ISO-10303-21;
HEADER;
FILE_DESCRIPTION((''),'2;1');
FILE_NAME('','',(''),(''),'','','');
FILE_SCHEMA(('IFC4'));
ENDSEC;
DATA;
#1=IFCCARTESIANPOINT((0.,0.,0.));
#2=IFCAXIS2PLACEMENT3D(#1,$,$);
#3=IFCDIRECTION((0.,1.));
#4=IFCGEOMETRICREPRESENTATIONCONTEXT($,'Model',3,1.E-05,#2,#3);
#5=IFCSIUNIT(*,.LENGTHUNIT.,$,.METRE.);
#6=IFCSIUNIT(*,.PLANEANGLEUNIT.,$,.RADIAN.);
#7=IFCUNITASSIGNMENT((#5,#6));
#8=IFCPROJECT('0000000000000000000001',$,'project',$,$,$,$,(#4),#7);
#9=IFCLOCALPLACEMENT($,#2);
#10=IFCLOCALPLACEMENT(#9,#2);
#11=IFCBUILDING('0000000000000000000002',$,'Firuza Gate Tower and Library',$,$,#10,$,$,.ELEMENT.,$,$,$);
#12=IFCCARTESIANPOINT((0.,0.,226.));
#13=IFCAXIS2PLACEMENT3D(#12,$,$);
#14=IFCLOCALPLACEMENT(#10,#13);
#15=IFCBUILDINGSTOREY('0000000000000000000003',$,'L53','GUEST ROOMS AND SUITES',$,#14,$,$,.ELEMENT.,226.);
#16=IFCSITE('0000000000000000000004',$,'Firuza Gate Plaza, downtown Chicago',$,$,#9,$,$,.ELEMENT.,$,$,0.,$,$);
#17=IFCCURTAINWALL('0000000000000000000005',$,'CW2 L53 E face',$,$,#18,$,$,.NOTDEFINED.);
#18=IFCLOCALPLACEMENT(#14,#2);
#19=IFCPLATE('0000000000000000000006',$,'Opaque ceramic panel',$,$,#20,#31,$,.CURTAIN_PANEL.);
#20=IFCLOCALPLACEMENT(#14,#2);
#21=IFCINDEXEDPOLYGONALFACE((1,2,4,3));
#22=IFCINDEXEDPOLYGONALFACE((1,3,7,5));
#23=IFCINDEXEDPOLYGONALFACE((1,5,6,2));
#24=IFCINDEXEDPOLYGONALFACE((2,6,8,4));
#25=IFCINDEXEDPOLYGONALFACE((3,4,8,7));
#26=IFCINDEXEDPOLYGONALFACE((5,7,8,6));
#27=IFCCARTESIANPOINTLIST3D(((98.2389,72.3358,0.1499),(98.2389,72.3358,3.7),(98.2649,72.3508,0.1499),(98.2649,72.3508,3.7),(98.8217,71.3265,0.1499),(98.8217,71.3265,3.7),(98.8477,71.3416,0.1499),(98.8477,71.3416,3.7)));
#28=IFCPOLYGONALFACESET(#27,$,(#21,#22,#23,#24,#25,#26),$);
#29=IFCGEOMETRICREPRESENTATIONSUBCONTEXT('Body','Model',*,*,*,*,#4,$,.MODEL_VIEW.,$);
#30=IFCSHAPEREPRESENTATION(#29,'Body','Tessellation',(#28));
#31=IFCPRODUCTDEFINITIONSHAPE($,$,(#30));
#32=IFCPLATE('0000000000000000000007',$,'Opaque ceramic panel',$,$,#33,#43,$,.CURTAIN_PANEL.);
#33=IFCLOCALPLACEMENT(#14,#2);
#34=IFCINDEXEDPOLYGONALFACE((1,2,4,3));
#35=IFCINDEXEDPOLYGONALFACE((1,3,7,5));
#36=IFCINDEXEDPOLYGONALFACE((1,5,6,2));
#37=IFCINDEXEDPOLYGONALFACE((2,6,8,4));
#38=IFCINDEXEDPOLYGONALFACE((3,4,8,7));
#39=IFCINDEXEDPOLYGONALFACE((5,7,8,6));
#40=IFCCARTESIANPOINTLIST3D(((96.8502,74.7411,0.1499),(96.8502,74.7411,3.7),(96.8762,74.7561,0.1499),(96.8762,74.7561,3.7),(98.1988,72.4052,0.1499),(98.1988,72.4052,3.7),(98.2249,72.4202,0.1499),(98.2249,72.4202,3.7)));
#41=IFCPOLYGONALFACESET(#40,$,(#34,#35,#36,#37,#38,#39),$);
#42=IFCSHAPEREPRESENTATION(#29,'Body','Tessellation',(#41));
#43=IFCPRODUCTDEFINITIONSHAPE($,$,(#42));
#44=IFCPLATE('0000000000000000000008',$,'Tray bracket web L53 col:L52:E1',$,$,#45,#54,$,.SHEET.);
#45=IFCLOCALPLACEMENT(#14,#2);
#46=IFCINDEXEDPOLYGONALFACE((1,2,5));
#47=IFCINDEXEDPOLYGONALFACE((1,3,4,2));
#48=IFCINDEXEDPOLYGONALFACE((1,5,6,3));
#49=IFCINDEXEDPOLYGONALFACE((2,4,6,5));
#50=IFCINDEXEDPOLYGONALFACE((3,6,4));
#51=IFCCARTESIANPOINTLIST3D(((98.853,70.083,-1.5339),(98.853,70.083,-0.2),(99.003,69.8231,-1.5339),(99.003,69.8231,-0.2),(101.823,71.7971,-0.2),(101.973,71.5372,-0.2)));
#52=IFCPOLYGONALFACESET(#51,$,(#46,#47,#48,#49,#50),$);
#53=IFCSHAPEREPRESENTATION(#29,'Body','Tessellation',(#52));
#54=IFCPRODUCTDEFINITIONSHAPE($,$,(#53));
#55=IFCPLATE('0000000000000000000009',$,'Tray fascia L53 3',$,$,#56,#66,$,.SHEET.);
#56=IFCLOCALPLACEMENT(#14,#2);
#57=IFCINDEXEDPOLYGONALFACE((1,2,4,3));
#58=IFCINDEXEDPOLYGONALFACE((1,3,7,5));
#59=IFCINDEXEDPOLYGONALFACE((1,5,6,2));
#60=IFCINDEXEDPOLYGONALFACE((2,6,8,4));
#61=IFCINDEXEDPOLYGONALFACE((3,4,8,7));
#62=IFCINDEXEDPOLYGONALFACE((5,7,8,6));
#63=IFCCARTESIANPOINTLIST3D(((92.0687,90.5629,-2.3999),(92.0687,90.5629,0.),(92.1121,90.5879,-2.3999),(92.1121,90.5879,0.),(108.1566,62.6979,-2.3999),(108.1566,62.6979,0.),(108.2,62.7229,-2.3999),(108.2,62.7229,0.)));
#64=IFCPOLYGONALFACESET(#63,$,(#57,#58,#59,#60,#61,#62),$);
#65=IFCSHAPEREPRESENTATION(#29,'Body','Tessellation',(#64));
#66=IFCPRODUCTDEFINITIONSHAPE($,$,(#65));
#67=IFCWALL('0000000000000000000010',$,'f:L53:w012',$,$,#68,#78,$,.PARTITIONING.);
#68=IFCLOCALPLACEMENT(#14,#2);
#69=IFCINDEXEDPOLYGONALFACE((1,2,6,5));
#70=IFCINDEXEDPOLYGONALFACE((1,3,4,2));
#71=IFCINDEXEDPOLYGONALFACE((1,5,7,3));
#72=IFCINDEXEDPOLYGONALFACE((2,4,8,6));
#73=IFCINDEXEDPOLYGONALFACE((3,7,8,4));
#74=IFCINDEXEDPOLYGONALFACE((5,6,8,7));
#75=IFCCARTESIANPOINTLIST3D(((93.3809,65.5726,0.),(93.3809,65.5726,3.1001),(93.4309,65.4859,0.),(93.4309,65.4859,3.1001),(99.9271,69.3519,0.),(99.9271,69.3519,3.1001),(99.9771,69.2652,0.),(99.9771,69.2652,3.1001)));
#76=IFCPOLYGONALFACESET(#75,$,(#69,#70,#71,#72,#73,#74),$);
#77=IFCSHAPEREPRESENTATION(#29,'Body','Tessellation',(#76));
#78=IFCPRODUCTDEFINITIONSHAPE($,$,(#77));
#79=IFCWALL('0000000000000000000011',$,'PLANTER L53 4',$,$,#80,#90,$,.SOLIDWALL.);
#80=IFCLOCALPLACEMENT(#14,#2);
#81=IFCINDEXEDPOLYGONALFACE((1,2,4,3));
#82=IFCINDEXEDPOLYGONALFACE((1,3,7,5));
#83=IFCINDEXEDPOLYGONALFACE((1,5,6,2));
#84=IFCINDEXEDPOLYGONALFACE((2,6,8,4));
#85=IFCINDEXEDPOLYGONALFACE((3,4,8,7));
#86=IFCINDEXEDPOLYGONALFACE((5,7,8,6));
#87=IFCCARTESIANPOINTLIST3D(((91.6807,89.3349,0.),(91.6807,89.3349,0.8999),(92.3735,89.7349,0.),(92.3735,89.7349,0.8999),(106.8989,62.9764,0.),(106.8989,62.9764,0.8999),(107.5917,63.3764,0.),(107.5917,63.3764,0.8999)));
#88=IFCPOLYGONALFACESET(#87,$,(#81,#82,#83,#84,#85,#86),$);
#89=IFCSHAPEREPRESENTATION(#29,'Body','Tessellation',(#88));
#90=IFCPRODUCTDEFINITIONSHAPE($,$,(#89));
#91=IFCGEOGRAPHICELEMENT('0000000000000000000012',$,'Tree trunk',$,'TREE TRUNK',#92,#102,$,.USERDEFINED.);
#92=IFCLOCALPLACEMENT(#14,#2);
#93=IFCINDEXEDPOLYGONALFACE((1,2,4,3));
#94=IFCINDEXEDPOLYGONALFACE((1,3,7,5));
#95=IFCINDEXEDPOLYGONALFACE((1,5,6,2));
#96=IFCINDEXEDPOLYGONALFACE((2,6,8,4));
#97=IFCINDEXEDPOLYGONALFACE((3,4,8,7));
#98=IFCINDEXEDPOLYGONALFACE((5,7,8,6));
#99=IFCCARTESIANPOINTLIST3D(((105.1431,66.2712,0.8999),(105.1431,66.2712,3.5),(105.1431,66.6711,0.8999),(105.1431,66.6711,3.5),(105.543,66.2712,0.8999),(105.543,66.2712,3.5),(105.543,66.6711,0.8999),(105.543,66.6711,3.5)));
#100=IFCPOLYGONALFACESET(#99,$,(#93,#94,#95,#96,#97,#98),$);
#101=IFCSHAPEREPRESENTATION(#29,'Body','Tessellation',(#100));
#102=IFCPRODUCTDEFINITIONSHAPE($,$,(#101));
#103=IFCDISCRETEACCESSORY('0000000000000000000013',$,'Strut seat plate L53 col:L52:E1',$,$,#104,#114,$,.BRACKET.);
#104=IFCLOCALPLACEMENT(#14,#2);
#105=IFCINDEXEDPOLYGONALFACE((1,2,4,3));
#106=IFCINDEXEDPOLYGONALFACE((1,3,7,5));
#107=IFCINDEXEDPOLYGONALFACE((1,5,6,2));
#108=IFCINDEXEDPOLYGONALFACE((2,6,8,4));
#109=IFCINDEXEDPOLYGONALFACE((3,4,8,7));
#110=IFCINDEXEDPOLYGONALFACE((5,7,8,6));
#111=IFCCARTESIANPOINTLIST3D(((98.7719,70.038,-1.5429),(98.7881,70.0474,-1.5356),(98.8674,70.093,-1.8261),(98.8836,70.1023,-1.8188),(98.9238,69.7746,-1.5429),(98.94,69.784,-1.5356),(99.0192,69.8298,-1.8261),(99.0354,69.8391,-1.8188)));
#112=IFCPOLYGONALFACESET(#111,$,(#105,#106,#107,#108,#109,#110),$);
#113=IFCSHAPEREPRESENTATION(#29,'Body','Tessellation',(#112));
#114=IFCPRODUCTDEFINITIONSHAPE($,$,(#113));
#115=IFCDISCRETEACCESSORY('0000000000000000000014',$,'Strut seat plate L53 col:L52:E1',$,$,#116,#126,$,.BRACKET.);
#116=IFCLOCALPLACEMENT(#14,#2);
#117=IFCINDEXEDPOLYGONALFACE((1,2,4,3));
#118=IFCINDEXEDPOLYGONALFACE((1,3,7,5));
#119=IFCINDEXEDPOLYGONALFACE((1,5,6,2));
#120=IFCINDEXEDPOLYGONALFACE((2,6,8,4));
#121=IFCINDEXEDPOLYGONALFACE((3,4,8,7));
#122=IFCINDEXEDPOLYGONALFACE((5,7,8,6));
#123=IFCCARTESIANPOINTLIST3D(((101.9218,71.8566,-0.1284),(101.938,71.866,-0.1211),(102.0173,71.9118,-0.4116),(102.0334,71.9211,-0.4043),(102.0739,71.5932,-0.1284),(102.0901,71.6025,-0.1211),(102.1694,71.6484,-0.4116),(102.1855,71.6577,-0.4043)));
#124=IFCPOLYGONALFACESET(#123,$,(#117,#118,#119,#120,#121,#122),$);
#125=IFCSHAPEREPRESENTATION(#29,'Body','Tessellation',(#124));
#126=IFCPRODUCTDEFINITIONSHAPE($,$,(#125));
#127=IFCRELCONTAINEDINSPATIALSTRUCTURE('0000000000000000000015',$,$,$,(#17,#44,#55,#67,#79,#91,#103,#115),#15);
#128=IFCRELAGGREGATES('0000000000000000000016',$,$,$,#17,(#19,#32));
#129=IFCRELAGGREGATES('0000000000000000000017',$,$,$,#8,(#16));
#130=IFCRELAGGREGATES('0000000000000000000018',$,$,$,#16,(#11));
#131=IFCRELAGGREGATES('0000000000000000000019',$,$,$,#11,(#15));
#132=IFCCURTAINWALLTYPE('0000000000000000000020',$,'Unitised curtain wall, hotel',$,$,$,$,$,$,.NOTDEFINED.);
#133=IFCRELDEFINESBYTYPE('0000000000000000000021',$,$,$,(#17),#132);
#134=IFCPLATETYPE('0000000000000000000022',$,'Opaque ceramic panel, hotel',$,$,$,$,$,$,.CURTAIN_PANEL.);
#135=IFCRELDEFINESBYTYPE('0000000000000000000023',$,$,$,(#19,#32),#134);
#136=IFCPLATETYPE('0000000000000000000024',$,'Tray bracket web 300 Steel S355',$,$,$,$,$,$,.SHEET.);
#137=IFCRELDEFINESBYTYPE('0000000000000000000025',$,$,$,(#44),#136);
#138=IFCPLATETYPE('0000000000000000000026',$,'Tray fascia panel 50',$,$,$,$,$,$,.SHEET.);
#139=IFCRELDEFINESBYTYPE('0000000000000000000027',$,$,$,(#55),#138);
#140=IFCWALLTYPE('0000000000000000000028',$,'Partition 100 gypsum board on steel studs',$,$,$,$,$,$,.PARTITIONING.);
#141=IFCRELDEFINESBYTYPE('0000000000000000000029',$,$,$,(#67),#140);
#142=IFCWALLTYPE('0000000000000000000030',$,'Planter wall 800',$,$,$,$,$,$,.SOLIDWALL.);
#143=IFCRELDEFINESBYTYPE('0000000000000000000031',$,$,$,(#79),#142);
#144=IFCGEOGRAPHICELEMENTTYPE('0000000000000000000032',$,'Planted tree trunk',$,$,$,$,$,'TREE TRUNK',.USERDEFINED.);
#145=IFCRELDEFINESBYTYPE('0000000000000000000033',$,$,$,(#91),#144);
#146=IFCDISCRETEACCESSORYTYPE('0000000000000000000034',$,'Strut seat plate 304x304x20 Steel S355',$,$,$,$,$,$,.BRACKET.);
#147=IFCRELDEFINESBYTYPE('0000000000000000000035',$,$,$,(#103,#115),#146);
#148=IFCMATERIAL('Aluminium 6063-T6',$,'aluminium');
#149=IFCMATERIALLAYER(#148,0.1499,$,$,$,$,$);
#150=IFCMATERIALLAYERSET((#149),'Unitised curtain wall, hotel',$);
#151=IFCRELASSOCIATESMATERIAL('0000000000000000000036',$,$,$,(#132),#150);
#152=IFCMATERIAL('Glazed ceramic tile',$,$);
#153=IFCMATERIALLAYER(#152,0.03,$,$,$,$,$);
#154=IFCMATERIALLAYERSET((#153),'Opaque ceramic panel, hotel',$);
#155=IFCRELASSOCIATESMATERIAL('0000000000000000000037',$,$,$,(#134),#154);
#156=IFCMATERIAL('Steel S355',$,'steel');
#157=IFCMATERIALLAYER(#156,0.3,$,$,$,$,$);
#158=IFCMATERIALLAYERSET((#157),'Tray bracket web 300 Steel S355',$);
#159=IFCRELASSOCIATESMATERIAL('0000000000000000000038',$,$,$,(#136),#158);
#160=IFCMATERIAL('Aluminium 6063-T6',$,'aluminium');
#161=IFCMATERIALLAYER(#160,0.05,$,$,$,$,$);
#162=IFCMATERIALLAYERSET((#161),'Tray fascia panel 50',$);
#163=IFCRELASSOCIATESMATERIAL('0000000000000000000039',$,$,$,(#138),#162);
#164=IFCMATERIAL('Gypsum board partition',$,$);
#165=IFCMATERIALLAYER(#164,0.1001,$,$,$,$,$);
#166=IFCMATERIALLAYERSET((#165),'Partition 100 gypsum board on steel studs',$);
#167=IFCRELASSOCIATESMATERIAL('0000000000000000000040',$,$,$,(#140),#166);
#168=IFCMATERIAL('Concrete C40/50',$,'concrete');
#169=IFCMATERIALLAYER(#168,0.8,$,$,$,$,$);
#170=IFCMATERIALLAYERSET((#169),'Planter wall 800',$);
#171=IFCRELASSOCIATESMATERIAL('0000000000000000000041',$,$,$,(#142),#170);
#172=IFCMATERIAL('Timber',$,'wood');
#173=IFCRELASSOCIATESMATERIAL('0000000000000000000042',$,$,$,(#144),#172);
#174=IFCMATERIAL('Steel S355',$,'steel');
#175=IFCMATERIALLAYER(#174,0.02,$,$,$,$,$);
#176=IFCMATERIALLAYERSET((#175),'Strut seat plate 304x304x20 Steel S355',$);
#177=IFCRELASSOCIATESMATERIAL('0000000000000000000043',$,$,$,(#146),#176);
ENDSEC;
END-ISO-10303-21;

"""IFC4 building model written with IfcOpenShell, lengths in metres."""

from ifc_helpers import new_model, si_unit, direction, frame, frame_2d, origin, origin_2d, place, context, subcontext, project, spatial, polyline, rectangle, outline, extrude, material, layer, layer_set, type_object, element, aggregate, save


model = new_model("IFC4")

# Units and contexts
model_context = context("Model", 3, precision=1e-05, world=origin(), true_north=direction((0.0, 1.0)))
body_context = subcontext(model_context, "Body", "Model", "MODEL_VIEW")
ifc_project = project(units=[si_unit("LENGTHUNIT", "METRE"), si_unit("PLANEANGLEUNIT", "RADIAN")], contexts=[model_context])

# Site, building, storey
site_placement = place(None, origin())
site = spatial("IfcSite", under=ifc_project, at=site_placement, Name="Firuza Gate Plaza, downtown Chicago", CompositionType="ELEMENT", RefElevation=0.0)
building_placement = place(site_placement, origin())
building = spatial("IfcBuilding", under=site, at=building_placement, Name="Firuza Gate Tower and Library", CompositionType="ELEMENT")
storey_placement = place(building_placement, frame((0.0, 0.0, 226.0)))
storey = spatial("IfcBuildingStorey", under=building, at=storey_placement, Name="L53", Description="GUEST ROOMS AND SUITES", CompositionType="ELEMENT", Elevation=226.0)

# Curtain wall
ifc_material_1 = material(Name="Aluminium 6063-T6", Category="aluminium")
ifc_layer_1 = layer(ifc_material_1, 0.1499)
ifc_layer_set_1 = layer_set([ifc_layer_1], Name="Unitised curtain wall, hotel")
curtain_wall_type = type_object("IfcCurtainWallType", Name="Unitised curtain wall, hotel", PredefinedType="NOTDEFINED", material=ifc_layer_set_1)
curtain_wall_placement = place(storey_placement, origin())
curtain_wall = element("IfcCurtainWall", 1, at=curtain_wall_placement, inside=storey, type_object=curtain_wall_type, Name="CW2 L53 E face", PredefinedType="NOTDEFINED")

# Plates
ifc_material_2 = material(Name="Glazed ceramic tile")
ifc_layer_2 = layer(ifc_material_2, 0.03)
ifc_layer_set_2 = layer_set([ifc_layer_2], Name="Opaque ceramic panel, hotel")
plate_type_1 = type_object("IfcPlateType", Name="Opaque ceramic panel, hotel", PredefinedType="CURTAIN_PANEL", material=ifc_layer_set_2)
plate_1_placement = place(storey_placement, frame((98.8477, 71.3416, 0.1499), z_axis=(0.866004, 0.500037, 0.0), x_axis=(-0.500037, 0.866004, 0.0)))
plate_1 = element("IfcPlate", 2, at=plate_1_placement, type_object=plate_type_1, Name="Opaque ceramic panel", PredefinedType="CURTAIN_PANEL", context=body_context, shape_type="SweptSolid", body=[
    extrude(outline(polyline([(0.0, 0.0), (1.1654, 0.0), (1.1654, 3.55), (0.0, 3.55), (0.0, 0.0)])), origin(), (0.0, 0.0, -1.0), 0.03),
])
plate_2_placement = place(storey_placement, frame((98.2249, 72.4202, 0.1499), z_axis=(0.866029, 0.499994, 0.0), x_axis=(-0.499994, 0.866029, 0.0)))
plate_2 = element("IfcPlate", 3, at=plate_2_placement, type_object=plate_type_1, Name="Opaque ceramic panel", PredefinedType="CURTAIN_PANEL", context=body_context, shape_type="SweptSolid", body=[
    extrude(outline(polyline([(0.0, 0.0), (2.6973, 0.0), (2.6973, 3.55), (0.0, 3.55), (0.0, 0.0)])), origin(), (0.0, 0.0, -1.0), 0.03),
])
aggregate(curtain_wall, [plate_1, plate_2])

# Plates
ifc_material_3 = material(Name="Steel S355", Category="steel")
ifc_layer_3 = layer(ifc_material_3, 0.3)
ifc_layer_set_3 = layer_set([ifc_layer_3], Name="Tray bracket web 300 Steel S355")
plate_type_2 = type_object("IfcPlateType", Name="Tray bracket web 300 Steel S355", PredefinedType="SHEET", material=ifc_layer_set_3)
plate_3_placement = place(storey_placement, frame((98.853, 70.083, -0.2), z_axis=(-0.499868, 0.866101, 0.0), x_axis=(0.866101, 0.499868, 0.0)))
element("IfcPlate", 4, at=plate_3_placement, inside=storey, type_object=plate_type_2, Name="Tray bracket web L53 col:L52:E1", PredefinedType="SHEET", context=body_context, shape_type="SweptSolid", body=[
    extrude(outline(polyline([(0.0, 0.0), (3.4291, 0.0), (0.0, 1.334), (0.0, 0.0)])), origin(), (0.0, 0.0, -1.0), 0.3),
])
ifc_material_4 = material(Name="Aluminium 6063-T6", Category="aluminium")
ifc_layer_4 = layer(ifc_material_4, 0.05)
ifc_layer_set_4 = layer_set([ifc_layer_4], Name="Tray fascia panel 50")
plate_type_3 = type_object("IfcPlateType", Name="Tray fascia panel 50", PredefinedType="SHEET", material=ifc_layer_set_4)
plate_4_placement = place(storey_placement, frame((108.2, 62.7229, -2.3999), z_axis=(0.866025, 0.500001, 0.0), x_axis=(-0.500001, 0.866025, 0.0)))
element("IfcPlate", 5, at=plate_4_placement, inside=storey, type_object=plate_type_3, Name="Tray fascia L53 3", PredefinedType="SHEET", context=body_context, shape_type="SweptSolid", body=[
    extrude(outline(polyline([(0.0, 0.0), (32.1757, 0.0), (32.1757, 2.3999), (0.0, 2.3999), (0.0, 0.0)])), origin(), (0.0, 0.0, -1.0), 0.05),
])

# Walls
ifc_material_5 = material(Name="Gypsum board partition")
ifc_layer_5 = layer(ifc_material_5, 0.1001)
ifc_layer_set_5 = layer_set([ifc_layer_5], Name="Partition 100 gypsum board on steel studs")
wall_type_1 = type_object("IfcWallType", Name="Partition 100 gypsum board on steel studs", PredefinedType="PARTITIONING", material=ifc_layer_set_5)
wall_1_placement = place(storey_placement, frame((93.406, 65.5293, 0.0), z_axis=(0.0, 0.0, 1.0), x_axis=(0.866032, 0.499988, 0.0)))
element("IfcWall", 6, at=wall_1_placement, inside=storey, type_object=wall_type_1, Name="f:L53:w012", PredefinedType="PARTITIONING", context=body_context, shape_type="SweptSolid", body=[
    extrude(rectangle(XDim=7.5588, YDim=0.1001, at=frame_2d((3.7793, 0.0))), origin(), (0.0, 0.0, 1.0), 3.1001),
])
ifc_material_6 = material(Name="Concrete C40/50", Category="concrete")
ifc_layer_6 = layer(ifc_material_6, 0.8)
ifc_layer_set_6 = layer_set([ifc_layer_6], Name="Planter wall 800")
wall_type_2 = type_object("IfcWallType", Name="Planter wall 800", PredefinedType="SOLIDWALL", material=ifc_layer_set_6)
wall_2_placement = place(storey_placement, frame((107.2454, 63.1763, 0.0), z_axis=(0.0, 0.0, 1.0), x_axis=(-0.500002, 0.866024, 0.0)))
element("IfcWall", 7, at=wall_2_placement, inside=storey, type_object=wall_type_2, Name="PLANTER L53 4", PredefinedType="SOLIDWALL", context=body_context, shape_type="SweptSolid", body=[
    extrude(rectangle(XDim=30.4363, YDim=0.8, at=frame_2d((15.2183, 0.0))), origin(), (0.0, 0.0, 1.0), 0.8999),
])

# Geographic element
ifc_material_7 = material(Name="Timber", Category="wood")
geographic_element_type = type_object("IfcGeographicElementType", Name="Planted tree trunk", ElementType="TREE TRUNK", PredefinedType="USERDEFINED", material=ifc_material_7)
geographic_element_placement = place(storey_placement, frame((105.343, 66.4712, 0.8999), z_axis=(0.0, 0.0, 1.0), x_axis=(1.0, 0.0, 0.0)))
element("IfcGeographicElement", 8, at=geographic_element_placement, inside=storey, type_object=geographic_element_type, Name="Tree trunk", ObjectType="TREE TRUNK", PredefinedType="USERDEFINED", context=body_context, shape_type="SweptSolid", body=[
    extrude(rectangle(XDim=0.3999, YDim=0.3999, at=origin_2d()), origin(), (0.0, 0.0, 1.0), 2.6001),
])

# Discrete accessories
ifc_material_8 = material(Name="Steel S355", Category="steel")
ifc_layer_7 = layer(ifc_material_8, 0.02)
ifc_layer_set_7 = layer_set([ifc_layer_7], Name="Strut seat plate 304x304x20 Steel S355")
discrete_accessory_type = type_object("IfcDiscreteAccessoryType", Name="Strut seat plate 304x304x20 Steel S355", PredefinedType="BRACKET", material=ifc_layer_set_7)
discrete_accessory_1_placement = place(storey_placement, frame((98.7881, 70.0474, -1.5356), z_axis=(0.807298, 0.46559, 0.362624), x_axis=(0.499572, -0.866272, 0.000068)))
element("IfcDiscreteAccessory", 9, at=discrete_accessory_1_placement, inside=storey, type_object=discrete_accessory_type, Name="Strut seat plate L53 col:L52:E1", PredefinedType="BRACKET", context=body_context, shape_type="SweptSolid", body=[
    extrude(outline(polyline([(0.0, 0.0), (0.3041, 0.0), (0.3039, 0.3039), (0.0001, 0.3039), (0.0, 0.0)])), origin(), (0.0, 0.0, -1.0), 0.02),
])
discrete_accessory_2_placement = place(storey_placement, frame((102.0901, 71.6025, -0.1211), z_axis=(0.807008, 0.465956, 0.362799), x_axis=(-0.500024, 0.866012, 0.0)))
element("IfcDiscreteAccessory", 10, at=discrete_accessory_2_placement, inside=storey, type_object=discrete_accessory_type, Name="Strut seat plate L53 col:L52:E1", PredefinedType="BRACKET", context=body_context, shape_type="SweptSolid", body=[
    extrude(outline(polyline([(0.0, 0.0), (0.3042, 0.0), (0.3042, -0.3039), (0.0001, -0.3039), (0.0, 0.0)])), origin(), (0.0, 0.0, -1.0), 0.02),
])

save(model, "model.ifc")
